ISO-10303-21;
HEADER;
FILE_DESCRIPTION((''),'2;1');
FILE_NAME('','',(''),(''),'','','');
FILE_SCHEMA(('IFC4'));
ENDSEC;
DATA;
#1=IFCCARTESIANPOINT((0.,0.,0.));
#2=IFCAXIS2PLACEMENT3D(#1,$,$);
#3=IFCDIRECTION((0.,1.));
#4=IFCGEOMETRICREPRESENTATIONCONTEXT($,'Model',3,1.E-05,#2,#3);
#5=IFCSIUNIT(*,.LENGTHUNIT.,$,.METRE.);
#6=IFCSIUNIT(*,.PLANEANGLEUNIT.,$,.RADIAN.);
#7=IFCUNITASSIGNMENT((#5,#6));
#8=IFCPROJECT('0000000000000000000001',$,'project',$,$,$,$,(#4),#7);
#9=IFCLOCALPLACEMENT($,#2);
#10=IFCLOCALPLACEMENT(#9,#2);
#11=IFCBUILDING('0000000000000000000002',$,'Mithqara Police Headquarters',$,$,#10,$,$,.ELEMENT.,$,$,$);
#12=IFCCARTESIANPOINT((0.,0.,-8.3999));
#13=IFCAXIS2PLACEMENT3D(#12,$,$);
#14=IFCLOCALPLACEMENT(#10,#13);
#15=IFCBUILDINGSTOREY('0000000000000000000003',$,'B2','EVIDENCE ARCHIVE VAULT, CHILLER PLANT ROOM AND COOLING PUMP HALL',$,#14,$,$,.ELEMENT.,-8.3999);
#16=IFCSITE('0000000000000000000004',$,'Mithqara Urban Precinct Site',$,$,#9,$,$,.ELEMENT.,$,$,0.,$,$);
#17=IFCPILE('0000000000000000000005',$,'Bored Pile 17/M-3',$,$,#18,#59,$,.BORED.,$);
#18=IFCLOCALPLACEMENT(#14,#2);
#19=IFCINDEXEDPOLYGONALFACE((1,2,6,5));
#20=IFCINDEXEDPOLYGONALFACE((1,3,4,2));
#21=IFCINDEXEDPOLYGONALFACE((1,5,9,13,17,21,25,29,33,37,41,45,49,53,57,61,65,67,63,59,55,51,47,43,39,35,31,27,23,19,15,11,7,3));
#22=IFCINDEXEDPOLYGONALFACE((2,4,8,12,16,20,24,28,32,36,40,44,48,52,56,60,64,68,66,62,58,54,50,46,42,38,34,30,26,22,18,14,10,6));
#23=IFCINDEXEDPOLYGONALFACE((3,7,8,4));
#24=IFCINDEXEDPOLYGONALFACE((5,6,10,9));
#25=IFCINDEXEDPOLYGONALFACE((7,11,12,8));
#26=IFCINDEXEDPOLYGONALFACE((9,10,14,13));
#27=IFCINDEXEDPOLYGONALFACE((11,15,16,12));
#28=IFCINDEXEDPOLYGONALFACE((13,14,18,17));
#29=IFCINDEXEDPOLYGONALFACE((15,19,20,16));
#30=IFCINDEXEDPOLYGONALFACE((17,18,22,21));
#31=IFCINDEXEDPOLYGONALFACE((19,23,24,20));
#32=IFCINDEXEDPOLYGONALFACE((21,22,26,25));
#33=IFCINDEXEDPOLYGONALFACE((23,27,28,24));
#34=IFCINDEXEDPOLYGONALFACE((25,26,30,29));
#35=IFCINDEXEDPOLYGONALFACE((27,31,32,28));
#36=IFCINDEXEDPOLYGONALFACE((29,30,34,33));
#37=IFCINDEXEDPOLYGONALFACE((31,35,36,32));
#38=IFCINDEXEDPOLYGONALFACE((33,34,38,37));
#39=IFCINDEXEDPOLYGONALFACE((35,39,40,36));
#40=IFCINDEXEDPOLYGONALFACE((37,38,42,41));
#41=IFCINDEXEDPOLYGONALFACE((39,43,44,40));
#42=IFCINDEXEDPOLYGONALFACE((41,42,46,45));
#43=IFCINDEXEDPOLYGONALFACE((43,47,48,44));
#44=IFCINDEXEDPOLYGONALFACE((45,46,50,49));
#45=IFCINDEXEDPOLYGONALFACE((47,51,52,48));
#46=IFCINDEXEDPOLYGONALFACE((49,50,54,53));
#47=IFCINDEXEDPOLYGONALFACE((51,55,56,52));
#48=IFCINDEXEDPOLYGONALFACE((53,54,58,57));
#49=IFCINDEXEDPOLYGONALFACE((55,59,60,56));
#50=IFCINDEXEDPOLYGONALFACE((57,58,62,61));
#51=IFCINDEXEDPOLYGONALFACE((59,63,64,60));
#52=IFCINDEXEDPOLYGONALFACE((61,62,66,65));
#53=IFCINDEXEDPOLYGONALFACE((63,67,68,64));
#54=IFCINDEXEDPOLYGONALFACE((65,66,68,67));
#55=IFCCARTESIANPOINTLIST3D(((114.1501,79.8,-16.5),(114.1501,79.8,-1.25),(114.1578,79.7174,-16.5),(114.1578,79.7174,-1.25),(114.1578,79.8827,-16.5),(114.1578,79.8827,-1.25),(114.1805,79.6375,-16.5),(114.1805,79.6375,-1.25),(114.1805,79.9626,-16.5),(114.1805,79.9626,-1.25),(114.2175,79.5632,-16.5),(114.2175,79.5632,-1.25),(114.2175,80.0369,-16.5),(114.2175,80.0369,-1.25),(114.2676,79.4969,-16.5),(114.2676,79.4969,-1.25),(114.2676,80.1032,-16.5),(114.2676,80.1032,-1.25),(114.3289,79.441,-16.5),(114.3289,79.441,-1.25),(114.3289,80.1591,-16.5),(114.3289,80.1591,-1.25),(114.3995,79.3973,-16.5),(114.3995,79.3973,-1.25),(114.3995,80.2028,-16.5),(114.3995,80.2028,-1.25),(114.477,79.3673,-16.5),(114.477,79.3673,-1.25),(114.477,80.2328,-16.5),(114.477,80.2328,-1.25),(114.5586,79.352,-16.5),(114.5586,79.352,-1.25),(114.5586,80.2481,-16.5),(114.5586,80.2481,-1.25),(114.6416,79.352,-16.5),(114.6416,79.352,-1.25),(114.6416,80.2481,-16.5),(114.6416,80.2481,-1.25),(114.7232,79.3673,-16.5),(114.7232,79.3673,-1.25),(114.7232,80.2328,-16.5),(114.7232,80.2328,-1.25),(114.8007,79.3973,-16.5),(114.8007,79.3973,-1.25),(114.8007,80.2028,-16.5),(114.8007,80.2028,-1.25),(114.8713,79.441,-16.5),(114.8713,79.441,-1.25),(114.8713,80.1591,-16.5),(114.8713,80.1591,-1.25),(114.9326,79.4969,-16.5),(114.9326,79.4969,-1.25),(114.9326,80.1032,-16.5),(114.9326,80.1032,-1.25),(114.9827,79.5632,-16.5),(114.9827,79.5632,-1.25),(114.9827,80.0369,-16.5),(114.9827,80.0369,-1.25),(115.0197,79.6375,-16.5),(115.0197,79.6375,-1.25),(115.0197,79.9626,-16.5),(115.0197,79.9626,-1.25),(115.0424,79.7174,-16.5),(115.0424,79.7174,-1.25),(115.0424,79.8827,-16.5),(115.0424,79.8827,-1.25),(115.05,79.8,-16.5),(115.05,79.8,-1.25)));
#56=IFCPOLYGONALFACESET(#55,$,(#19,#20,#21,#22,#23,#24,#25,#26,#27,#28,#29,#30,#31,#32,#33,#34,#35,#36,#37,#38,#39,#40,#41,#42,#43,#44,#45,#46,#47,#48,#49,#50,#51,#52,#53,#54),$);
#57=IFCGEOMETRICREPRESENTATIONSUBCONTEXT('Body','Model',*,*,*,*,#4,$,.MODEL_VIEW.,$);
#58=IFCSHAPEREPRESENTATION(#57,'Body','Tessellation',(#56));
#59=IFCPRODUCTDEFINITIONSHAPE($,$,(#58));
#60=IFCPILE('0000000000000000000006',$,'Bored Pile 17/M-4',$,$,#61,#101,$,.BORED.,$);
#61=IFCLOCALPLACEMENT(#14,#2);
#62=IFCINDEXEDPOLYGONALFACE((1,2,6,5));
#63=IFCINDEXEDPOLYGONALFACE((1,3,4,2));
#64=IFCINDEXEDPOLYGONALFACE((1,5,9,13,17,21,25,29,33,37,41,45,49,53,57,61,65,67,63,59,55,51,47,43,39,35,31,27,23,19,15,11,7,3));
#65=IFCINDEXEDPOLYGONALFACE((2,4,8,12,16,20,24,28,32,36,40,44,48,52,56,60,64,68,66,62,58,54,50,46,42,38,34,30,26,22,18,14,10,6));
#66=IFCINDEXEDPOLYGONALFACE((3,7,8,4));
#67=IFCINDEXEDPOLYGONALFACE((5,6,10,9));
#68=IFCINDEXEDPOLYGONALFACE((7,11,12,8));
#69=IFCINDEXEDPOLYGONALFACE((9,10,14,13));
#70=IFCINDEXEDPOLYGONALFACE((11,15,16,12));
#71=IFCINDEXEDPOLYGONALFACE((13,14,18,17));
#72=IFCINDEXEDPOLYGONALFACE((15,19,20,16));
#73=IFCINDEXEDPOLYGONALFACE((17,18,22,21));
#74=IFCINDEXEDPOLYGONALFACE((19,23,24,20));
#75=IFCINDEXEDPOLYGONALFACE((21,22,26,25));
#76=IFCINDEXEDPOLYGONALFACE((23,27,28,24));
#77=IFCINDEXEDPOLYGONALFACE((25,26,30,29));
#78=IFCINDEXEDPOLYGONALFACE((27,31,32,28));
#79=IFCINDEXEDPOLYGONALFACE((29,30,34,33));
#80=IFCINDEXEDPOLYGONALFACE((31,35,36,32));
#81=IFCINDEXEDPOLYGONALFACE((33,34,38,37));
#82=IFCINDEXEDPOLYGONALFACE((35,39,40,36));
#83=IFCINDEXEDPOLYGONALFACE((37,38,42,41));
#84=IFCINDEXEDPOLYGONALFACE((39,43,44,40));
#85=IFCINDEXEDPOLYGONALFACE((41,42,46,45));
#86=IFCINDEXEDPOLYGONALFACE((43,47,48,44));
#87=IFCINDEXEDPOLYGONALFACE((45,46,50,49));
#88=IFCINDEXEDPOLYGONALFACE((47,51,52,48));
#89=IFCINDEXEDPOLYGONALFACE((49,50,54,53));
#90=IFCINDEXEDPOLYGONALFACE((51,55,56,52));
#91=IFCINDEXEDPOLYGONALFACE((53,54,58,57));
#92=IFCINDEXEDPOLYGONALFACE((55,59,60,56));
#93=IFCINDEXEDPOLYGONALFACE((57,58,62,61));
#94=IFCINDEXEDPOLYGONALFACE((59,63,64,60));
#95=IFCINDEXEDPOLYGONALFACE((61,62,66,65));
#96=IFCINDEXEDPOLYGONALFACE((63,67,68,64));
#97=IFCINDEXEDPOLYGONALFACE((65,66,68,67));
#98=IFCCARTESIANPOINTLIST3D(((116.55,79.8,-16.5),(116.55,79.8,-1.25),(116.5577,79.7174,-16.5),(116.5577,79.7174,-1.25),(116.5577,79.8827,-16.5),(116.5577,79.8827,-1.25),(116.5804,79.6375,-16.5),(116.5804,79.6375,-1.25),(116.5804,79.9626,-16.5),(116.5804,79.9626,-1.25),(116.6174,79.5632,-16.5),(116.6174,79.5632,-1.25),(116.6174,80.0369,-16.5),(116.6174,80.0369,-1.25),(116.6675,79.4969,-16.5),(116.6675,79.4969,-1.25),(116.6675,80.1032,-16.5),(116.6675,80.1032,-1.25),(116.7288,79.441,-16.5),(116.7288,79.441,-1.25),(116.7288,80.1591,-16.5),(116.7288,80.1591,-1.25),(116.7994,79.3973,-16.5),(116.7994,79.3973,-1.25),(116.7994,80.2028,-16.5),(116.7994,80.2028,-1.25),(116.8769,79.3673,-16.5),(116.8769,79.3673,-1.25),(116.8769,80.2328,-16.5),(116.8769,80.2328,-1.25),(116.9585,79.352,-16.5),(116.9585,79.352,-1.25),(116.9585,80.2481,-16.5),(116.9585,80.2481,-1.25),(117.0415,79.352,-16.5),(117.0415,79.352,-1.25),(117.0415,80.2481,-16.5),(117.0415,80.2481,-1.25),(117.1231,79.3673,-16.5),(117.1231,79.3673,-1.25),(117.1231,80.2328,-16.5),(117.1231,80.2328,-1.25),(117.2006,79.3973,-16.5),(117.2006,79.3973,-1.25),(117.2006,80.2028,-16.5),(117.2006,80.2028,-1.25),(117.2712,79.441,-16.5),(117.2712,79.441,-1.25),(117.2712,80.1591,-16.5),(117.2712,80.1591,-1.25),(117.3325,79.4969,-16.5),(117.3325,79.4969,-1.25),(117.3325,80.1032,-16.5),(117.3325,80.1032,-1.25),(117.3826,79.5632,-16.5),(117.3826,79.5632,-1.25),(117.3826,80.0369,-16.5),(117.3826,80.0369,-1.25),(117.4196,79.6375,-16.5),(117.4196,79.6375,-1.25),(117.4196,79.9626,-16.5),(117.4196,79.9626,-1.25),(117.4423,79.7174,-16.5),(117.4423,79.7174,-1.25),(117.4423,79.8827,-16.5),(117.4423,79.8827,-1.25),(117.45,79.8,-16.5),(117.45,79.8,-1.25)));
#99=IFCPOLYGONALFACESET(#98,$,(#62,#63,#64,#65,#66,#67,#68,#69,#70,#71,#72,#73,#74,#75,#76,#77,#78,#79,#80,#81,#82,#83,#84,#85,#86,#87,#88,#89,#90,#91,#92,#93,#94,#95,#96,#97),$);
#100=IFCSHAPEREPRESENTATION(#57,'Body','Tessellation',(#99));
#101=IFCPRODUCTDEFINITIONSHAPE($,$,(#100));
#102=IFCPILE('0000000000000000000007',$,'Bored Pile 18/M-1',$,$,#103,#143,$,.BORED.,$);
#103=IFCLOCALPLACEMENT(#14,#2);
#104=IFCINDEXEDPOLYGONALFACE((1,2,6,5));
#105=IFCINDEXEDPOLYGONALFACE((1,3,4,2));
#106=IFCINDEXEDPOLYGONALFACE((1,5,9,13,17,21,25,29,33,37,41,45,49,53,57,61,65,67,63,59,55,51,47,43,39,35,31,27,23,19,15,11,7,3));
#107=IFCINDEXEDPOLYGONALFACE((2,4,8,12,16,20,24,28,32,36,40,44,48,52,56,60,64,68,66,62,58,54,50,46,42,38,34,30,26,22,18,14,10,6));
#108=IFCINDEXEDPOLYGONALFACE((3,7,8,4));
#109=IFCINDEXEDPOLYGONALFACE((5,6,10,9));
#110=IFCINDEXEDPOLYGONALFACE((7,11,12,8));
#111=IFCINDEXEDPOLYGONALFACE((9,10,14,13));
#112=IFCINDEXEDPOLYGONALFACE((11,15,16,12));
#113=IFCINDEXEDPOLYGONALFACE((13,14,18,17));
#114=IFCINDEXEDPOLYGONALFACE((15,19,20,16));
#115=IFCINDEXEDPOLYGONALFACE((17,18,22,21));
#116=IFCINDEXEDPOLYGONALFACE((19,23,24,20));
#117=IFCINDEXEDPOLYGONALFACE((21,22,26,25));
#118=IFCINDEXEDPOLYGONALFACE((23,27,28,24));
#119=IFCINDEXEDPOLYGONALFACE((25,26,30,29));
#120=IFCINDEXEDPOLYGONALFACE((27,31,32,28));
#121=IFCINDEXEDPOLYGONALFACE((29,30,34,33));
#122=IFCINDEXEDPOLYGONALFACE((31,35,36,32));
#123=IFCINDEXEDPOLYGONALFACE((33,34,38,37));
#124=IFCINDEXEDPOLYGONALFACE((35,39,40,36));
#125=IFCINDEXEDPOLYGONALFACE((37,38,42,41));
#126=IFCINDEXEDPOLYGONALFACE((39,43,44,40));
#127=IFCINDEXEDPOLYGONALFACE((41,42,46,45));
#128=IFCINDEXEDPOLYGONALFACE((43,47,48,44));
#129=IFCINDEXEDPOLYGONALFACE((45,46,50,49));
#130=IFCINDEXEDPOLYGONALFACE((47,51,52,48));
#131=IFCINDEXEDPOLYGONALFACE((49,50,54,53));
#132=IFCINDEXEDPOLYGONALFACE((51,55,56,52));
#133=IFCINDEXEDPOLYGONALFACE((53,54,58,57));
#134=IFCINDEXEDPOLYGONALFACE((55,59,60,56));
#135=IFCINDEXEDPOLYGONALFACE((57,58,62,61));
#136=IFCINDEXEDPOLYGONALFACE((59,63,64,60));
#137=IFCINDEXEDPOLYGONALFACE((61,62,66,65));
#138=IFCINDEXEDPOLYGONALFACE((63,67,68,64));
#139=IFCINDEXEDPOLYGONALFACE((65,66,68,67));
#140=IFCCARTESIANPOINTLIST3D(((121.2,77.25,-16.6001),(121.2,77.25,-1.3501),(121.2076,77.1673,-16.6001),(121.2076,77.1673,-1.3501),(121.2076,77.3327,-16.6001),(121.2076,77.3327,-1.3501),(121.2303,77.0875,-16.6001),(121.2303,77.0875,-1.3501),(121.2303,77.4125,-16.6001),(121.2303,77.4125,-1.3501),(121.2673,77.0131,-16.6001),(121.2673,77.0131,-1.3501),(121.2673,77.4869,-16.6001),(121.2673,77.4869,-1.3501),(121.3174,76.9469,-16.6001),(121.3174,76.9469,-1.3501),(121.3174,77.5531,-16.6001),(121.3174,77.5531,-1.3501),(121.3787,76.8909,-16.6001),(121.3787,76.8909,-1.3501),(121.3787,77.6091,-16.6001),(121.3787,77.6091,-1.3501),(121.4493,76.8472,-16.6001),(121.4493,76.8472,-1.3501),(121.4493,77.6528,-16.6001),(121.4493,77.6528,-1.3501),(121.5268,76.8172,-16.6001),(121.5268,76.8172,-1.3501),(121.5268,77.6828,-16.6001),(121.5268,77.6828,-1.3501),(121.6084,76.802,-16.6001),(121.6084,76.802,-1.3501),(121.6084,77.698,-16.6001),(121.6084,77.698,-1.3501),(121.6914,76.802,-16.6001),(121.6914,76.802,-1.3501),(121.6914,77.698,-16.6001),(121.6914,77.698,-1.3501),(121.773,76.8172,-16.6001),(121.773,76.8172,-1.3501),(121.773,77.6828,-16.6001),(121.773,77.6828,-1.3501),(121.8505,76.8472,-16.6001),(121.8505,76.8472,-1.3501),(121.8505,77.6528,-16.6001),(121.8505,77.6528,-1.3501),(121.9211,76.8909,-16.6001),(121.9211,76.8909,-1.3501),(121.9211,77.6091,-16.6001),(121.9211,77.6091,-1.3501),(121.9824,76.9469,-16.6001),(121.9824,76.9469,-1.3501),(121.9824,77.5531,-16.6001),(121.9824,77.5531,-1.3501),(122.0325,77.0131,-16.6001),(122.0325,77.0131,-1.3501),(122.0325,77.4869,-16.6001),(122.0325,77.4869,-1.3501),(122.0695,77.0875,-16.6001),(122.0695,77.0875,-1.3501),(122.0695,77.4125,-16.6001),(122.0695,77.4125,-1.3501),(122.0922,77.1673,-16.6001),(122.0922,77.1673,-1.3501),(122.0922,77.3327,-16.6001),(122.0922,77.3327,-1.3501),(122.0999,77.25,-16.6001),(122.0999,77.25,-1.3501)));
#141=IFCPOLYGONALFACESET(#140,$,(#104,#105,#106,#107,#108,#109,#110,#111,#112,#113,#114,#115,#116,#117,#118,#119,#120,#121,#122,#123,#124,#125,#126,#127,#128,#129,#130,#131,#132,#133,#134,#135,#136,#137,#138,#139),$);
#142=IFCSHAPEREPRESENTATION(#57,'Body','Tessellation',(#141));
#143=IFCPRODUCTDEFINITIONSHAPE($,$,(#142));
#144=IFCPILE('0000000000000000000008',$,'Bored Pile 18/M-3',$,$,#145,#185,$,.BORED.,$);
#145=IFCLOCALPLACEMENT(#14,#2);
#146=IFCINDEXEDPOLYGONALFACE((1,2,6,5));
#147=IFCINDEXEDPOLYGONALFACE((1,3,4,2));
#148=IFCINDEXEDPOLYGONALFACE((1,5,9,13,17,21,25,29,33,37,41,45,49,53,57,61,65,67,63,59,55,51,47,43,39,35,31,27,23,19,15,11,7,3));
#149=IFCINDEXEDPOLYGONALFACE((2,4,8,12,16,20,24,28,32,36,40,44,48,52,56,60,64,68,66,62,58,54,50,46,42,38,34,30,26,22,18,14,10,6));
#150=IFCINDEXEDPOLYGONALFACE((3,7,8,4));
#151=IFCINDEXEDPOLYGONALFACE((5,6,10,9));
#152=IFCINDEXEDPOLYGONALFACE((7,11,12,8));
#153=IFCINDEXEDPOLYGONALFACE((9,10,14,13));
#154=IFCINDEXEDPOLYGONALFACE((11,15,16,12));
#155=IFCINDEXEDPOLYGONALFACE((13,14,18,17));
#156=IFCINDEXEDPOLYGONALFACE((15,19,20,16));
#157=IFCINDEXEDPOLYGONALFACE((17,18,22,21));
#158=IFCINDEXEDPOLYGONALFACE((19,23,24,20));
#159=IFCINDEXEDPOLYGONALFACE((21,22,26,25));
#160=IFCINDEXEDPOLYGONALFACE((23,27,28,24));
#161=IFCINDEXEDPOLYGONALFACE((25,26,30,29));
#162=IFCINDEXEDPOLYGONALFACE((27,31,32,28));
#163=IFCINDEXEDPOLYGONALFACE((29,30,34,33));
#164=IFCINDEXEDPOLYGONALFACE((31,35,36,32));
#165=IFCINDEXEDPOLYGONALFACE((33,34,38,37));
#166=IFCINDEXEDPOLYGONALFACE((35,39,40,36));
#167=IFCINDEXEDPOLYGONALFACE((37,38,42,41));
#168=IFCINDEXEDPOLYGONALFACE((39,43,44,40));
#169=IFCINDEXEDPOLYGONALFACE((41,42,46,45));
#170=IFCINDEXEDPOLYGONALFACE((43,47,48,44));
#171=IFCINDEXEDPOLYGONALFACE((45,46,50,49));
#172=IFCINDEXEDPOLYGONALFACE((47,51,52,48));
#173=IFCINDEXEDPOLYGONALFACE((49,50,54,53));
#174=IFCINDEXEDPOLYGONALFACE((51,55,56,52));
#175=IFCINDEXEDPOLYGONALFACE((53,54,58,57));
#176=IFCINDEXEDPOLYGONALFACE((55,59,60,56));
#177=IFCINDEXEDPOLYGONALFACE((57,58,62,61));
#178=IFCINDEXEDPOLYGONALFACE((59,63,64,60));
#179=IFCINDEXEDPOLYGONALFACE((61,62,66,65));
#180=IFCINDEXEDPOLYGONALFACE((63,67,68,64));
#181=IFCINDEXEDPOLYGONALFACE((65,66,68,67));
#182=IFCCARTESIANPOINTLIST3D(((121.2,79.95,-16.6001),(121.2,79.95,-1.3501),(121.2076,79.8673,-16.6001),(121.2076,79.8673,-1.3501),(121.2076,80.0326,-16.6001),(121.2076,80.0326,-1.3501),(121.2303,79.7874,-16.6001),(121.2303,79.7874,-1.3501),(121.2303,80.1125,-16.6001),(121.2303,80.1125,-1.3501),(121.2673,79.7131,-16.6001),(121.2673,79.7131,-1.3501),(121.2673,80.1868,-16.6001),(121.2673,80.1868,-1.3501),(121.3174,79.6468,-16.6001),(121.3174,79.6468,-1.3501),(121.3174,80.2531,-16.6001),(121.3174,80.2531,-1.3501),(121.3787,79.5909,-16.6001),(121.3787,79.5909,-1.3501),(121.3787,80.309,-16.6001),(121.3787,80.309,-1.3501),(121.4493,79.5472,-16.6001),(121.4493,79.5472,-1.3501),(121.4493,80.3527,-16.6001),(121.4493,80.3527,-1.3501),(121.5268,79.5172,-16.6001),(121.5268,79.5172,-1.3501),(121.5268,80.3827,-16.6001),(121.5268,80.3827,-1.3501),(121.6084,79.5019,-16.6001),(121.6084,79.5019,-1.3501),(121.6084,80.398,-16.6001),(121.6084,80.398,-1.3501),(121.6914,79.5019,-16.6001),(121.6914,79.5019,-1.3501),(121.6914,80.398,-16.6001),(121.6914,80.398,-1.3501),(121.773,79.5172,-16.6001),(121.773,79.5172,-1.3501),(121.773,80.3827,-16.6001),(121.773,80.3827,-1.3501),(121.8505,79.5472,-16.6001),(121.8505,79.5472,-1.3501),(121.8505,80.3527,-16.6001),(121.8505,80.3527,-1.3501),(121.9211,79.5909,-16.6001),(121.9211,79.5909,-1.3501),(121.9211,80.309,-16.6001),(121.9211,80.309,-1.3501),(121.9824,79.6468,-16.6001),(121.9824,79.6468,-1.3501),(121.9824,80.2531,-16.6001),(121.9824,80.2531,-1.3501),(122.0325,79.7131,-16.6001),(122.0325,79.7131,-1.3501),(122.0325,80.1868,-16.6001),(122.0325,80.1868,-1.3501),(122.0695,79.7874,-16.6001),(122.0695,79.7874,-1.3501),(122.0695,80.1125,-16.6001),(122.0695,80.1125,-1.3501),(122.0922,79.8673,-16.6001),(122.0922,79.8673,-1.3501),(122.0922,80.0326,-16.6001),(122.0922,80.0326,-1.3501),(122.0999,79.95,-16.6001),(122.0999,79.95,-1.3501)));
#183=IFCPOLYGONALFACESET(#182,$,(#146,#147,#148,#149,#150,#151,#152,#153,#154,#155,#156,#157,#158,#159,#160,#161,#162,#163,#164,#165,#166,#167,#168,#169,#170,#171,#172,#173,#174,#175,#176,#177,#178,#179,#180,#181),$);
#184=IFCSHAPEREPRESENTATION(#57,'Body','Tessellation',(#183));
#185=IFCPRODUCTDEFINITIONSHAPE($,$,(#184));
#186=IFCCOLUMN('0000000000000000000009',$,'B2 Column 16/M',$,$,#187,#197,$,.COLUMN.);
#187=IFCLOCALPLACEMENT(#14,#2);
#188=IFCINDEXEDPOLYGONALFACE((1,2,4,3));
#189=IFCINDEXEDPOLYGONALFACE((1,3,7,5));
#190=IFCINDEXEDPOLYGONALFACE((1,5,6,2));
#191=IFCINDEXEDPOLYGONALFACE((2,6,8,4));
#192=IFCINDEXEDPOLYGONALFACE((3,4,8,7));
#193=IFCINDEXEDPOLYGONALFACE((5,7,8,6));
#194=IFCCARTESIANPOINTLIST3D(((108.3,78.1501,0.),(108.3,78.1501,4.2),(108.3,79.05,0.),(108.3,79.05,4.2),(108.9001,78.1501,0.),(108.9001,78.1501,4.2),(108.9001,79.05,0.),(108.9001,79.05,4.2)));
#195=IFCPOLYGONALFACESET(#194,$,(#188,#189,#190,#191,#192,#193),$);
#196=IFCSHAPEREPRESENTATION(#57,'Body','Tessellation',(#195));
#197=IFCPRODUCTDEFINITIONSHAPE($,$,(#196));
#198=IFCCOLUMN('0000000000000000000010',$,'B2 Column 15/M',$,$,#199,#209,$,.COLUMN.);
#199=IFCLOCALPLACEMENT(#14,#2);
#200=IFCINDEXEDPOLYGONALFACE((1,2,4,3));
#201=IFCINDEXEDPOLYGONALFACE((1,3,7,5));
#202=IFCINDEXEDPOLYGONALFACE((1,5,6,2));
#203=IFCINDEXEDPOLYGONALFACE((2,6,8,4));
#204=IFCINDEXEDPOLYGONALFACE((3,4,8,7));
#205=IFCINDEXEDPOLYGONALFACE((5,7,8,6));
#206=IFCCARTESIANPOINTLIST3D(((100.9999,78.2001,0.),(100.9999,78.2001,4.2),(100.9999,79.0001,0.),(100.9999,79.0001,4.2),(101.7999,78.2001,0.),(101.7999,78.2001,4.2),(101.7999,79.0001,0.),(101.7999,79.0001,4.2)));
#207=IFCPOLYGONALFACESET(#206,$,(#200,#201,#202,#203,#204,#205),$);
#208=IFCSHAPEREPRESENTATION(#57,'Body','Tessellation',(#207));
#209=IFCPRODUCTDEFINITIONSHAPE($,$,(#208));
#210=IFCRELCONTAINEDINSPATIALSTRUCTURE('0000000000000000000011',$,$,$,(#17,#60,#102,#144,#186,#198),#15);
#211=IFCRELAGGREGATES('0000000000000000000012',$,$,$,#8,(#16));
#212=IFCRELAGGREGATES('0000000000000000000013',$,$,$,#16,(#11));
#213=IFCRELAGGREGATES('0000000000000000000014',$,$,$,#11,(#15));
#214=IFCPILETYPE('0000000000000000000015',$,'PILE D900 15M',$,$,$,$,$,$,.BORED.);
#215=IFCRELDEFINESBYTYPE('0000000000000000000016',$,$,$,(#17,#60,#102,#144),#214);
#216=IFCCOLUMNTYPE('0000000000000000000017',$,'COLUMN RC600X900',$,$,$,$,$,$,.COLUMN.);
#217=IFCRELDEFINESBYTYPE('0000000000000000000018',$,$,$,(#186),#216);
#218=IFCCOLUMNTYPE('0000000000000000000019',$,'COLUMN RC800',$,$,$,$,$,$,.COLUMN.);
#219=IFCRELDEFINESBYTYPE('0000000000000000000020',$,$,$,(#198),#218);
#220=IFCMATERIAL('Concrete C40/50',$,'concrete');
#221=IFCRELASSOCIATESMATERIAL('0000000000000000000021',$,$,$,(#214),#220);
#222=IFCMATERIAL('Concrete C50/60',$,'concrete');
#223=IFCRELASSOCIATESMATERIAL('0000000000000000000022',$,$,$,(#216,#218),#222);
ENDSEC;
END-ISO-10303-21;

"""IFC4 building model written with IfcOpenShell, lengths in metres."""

from ifc_helpers import new_model, si_unit, direction, frame, origin, origin_2d, place, context, subcontext, project, spatial, rectangle, circle, extrude, material, material_profile, profile_set, type_object, element, save


model = new_model("IFC4")

# Units and contexts
model_context = context("Model", 3, precision=1e-05, world=origin(), true_north=direction((0.0, 1.0)))
body_context = subcontext(model_context, "Body", "Model", "MODEL_VIEW")
ifc_project = project(units=[si_unit("LENGTHUNIT", "METRE"), si_unit("PLANEANGLEUNIT", "RADIAN")], contexts=[model_context])

# Site, building, storey
site_placement = place(None, origin())
site = spatial("IfcSite", under=ifc_project, at=site_placement, Name="Mithqara Urban Precinct Site", CompositionType="ELEMENT", RefElevation=0.0)
building_placement = place(site_placement, origin())
building = spatial("IfcBuilding", under=site, at=building_placement, Name="Mithqara Police Headquarters", CompositionType="ELEMENT")
storey_placement = place(building_placement, frame((0.0, 0.0, -8.3999)))
storey = spatial("IfcBuildingStorey", under=building, at=storey_placement, Name="B2", Description="EVIDENCE ARCHIVE VAULT, CHILLER PLANT ROOM AND COOLING PUMP HALL", CompositionType="ELEMENT", Elevation=-8.3999)

# Shared definitions
ifc_material_1 = material(Name="Concrete C40/50", Category="concrete")

# Piles
ifc_material_profile_1 = material_profile(ifc_material_1, circle(Radius=0.45, at=origin_2d()), Name="PILE D900")
ifc_profile_set_1 = profile_set([ifc_material_profile_1], Name="Concrete C40/50")
pile_type_1 = type_object("IfcPileType", Name="PILE D900 15M", PredefinedType="BORED", material=ifc_profile_set_1)
for number, where, z_axis, x_axis, name in (
    (1, (114.6001, 79.8, -1.25), (0.0, 0.0, -1.0), (1.0, 0.0, 0.0), "Bored Pile 17/M-3"),
    (2, (117.0, 79.8, -1.25), (0.0, 0.0, -1.0), (1.0, 0.0, 0.0), "Bored Pile 17/M-4"),
    (3, (121.6499, 77.25, -1.3501), (0.0, 0.0, -1.0), (1.0, 0.0, 0.0), "Bored Pile 18/M-1"),
    (4, (121.6499, 79.95, -1.3501), (0.0, 0.0, -1.0), (1.0, 0.0, 0.0), "Bored Pile 18/M-3"),
):
    element("IfcPile", number, at=place(storey_placement, frame(where, z_axis=z_axis, x_axis=x_axis)), inside=storey, type_object=pile_type_1, Name=name, PredefinedType="BORED", context=body_context, shape_type="SweptSolid", body=[
        extrude(circle(Radius=0.45, at=origin_2d()), origin(), (0.0, 0.0, 1.0), 15.25),
    ])

# Columns
ifc_material_2 = material(Name="Concrete C50/60", Category="concrete")
ifc_material_profile_2 = material_profile(ifc_material_2, rectangle(XDim=0.6001, YDim=0.8999, at=origin_2d()), Name="RC 600x900")
ifc_profile_set_2 = profile_set([ifc_material_profile_2], Name="Concrete C50/60")
column_type_1 = type_object("IfcColumnType", Name="COLUMN RC600X900", PredefinedType="COLUMN", material=ifc_profile_set_2)
column_1_placement = place(storey_placement, frame((108.6001, 78.6001, 0.0), z_axis=(0.0, 0.0, 1.0), x_axis=(1.0, 0.0, 0.0)))
element("IfcColumn", 5, at=column_1_placement, inside=storey, type_object=column_type_1, Name="B2 Column 16/M", PredefinedType="COLUMN", context=body_context, shape_type="SweptSolid", body=[
    extrude(rectangle(XDim=0.6001, YDim=0.8999, at=origin_2d()), origin(), (0.0, 0.0, 1.0), 4.2),
])
ifc_material_profile_3 = material_profile(ifc_material_2, rectangle(XDim=0.8, YDim=0.8, at=origin_2d()), Name="RC 800x800")
ifc_profile_set_3 = profile_set([ifc_material_profile_3], Name="Concrete C50/60")
column_type_2 = type_object("IfcColumnType", Name="COLUMN RC800", PredefinedType="COLUMN", material=ifc_profile_set_3)
for number, where, z_axis, x_axis, name in (
    (6, (101.3999, 78.6001, 0.0), (0.0, 0.0, 1.0), (1.0, 0.0, 0.0), "B2 Column 15/M"),
):
    element("IfcColumn", number, at=place(storey_placement, frame(where, z_axis=z_axis, x_axis=x_axis)), inside=storey, type_object=column_type_2, Name=name, PredefinedType="COLUMN", context=body_context, shape_type="SweptSolid", body=[
        extrude(rectangle(XDim=0.8, YDim=0.8, at=origin_2d()), origin(), (0.0, 0.0, 1.0), 4.2),
    ])

save(model, "model.ifc")
